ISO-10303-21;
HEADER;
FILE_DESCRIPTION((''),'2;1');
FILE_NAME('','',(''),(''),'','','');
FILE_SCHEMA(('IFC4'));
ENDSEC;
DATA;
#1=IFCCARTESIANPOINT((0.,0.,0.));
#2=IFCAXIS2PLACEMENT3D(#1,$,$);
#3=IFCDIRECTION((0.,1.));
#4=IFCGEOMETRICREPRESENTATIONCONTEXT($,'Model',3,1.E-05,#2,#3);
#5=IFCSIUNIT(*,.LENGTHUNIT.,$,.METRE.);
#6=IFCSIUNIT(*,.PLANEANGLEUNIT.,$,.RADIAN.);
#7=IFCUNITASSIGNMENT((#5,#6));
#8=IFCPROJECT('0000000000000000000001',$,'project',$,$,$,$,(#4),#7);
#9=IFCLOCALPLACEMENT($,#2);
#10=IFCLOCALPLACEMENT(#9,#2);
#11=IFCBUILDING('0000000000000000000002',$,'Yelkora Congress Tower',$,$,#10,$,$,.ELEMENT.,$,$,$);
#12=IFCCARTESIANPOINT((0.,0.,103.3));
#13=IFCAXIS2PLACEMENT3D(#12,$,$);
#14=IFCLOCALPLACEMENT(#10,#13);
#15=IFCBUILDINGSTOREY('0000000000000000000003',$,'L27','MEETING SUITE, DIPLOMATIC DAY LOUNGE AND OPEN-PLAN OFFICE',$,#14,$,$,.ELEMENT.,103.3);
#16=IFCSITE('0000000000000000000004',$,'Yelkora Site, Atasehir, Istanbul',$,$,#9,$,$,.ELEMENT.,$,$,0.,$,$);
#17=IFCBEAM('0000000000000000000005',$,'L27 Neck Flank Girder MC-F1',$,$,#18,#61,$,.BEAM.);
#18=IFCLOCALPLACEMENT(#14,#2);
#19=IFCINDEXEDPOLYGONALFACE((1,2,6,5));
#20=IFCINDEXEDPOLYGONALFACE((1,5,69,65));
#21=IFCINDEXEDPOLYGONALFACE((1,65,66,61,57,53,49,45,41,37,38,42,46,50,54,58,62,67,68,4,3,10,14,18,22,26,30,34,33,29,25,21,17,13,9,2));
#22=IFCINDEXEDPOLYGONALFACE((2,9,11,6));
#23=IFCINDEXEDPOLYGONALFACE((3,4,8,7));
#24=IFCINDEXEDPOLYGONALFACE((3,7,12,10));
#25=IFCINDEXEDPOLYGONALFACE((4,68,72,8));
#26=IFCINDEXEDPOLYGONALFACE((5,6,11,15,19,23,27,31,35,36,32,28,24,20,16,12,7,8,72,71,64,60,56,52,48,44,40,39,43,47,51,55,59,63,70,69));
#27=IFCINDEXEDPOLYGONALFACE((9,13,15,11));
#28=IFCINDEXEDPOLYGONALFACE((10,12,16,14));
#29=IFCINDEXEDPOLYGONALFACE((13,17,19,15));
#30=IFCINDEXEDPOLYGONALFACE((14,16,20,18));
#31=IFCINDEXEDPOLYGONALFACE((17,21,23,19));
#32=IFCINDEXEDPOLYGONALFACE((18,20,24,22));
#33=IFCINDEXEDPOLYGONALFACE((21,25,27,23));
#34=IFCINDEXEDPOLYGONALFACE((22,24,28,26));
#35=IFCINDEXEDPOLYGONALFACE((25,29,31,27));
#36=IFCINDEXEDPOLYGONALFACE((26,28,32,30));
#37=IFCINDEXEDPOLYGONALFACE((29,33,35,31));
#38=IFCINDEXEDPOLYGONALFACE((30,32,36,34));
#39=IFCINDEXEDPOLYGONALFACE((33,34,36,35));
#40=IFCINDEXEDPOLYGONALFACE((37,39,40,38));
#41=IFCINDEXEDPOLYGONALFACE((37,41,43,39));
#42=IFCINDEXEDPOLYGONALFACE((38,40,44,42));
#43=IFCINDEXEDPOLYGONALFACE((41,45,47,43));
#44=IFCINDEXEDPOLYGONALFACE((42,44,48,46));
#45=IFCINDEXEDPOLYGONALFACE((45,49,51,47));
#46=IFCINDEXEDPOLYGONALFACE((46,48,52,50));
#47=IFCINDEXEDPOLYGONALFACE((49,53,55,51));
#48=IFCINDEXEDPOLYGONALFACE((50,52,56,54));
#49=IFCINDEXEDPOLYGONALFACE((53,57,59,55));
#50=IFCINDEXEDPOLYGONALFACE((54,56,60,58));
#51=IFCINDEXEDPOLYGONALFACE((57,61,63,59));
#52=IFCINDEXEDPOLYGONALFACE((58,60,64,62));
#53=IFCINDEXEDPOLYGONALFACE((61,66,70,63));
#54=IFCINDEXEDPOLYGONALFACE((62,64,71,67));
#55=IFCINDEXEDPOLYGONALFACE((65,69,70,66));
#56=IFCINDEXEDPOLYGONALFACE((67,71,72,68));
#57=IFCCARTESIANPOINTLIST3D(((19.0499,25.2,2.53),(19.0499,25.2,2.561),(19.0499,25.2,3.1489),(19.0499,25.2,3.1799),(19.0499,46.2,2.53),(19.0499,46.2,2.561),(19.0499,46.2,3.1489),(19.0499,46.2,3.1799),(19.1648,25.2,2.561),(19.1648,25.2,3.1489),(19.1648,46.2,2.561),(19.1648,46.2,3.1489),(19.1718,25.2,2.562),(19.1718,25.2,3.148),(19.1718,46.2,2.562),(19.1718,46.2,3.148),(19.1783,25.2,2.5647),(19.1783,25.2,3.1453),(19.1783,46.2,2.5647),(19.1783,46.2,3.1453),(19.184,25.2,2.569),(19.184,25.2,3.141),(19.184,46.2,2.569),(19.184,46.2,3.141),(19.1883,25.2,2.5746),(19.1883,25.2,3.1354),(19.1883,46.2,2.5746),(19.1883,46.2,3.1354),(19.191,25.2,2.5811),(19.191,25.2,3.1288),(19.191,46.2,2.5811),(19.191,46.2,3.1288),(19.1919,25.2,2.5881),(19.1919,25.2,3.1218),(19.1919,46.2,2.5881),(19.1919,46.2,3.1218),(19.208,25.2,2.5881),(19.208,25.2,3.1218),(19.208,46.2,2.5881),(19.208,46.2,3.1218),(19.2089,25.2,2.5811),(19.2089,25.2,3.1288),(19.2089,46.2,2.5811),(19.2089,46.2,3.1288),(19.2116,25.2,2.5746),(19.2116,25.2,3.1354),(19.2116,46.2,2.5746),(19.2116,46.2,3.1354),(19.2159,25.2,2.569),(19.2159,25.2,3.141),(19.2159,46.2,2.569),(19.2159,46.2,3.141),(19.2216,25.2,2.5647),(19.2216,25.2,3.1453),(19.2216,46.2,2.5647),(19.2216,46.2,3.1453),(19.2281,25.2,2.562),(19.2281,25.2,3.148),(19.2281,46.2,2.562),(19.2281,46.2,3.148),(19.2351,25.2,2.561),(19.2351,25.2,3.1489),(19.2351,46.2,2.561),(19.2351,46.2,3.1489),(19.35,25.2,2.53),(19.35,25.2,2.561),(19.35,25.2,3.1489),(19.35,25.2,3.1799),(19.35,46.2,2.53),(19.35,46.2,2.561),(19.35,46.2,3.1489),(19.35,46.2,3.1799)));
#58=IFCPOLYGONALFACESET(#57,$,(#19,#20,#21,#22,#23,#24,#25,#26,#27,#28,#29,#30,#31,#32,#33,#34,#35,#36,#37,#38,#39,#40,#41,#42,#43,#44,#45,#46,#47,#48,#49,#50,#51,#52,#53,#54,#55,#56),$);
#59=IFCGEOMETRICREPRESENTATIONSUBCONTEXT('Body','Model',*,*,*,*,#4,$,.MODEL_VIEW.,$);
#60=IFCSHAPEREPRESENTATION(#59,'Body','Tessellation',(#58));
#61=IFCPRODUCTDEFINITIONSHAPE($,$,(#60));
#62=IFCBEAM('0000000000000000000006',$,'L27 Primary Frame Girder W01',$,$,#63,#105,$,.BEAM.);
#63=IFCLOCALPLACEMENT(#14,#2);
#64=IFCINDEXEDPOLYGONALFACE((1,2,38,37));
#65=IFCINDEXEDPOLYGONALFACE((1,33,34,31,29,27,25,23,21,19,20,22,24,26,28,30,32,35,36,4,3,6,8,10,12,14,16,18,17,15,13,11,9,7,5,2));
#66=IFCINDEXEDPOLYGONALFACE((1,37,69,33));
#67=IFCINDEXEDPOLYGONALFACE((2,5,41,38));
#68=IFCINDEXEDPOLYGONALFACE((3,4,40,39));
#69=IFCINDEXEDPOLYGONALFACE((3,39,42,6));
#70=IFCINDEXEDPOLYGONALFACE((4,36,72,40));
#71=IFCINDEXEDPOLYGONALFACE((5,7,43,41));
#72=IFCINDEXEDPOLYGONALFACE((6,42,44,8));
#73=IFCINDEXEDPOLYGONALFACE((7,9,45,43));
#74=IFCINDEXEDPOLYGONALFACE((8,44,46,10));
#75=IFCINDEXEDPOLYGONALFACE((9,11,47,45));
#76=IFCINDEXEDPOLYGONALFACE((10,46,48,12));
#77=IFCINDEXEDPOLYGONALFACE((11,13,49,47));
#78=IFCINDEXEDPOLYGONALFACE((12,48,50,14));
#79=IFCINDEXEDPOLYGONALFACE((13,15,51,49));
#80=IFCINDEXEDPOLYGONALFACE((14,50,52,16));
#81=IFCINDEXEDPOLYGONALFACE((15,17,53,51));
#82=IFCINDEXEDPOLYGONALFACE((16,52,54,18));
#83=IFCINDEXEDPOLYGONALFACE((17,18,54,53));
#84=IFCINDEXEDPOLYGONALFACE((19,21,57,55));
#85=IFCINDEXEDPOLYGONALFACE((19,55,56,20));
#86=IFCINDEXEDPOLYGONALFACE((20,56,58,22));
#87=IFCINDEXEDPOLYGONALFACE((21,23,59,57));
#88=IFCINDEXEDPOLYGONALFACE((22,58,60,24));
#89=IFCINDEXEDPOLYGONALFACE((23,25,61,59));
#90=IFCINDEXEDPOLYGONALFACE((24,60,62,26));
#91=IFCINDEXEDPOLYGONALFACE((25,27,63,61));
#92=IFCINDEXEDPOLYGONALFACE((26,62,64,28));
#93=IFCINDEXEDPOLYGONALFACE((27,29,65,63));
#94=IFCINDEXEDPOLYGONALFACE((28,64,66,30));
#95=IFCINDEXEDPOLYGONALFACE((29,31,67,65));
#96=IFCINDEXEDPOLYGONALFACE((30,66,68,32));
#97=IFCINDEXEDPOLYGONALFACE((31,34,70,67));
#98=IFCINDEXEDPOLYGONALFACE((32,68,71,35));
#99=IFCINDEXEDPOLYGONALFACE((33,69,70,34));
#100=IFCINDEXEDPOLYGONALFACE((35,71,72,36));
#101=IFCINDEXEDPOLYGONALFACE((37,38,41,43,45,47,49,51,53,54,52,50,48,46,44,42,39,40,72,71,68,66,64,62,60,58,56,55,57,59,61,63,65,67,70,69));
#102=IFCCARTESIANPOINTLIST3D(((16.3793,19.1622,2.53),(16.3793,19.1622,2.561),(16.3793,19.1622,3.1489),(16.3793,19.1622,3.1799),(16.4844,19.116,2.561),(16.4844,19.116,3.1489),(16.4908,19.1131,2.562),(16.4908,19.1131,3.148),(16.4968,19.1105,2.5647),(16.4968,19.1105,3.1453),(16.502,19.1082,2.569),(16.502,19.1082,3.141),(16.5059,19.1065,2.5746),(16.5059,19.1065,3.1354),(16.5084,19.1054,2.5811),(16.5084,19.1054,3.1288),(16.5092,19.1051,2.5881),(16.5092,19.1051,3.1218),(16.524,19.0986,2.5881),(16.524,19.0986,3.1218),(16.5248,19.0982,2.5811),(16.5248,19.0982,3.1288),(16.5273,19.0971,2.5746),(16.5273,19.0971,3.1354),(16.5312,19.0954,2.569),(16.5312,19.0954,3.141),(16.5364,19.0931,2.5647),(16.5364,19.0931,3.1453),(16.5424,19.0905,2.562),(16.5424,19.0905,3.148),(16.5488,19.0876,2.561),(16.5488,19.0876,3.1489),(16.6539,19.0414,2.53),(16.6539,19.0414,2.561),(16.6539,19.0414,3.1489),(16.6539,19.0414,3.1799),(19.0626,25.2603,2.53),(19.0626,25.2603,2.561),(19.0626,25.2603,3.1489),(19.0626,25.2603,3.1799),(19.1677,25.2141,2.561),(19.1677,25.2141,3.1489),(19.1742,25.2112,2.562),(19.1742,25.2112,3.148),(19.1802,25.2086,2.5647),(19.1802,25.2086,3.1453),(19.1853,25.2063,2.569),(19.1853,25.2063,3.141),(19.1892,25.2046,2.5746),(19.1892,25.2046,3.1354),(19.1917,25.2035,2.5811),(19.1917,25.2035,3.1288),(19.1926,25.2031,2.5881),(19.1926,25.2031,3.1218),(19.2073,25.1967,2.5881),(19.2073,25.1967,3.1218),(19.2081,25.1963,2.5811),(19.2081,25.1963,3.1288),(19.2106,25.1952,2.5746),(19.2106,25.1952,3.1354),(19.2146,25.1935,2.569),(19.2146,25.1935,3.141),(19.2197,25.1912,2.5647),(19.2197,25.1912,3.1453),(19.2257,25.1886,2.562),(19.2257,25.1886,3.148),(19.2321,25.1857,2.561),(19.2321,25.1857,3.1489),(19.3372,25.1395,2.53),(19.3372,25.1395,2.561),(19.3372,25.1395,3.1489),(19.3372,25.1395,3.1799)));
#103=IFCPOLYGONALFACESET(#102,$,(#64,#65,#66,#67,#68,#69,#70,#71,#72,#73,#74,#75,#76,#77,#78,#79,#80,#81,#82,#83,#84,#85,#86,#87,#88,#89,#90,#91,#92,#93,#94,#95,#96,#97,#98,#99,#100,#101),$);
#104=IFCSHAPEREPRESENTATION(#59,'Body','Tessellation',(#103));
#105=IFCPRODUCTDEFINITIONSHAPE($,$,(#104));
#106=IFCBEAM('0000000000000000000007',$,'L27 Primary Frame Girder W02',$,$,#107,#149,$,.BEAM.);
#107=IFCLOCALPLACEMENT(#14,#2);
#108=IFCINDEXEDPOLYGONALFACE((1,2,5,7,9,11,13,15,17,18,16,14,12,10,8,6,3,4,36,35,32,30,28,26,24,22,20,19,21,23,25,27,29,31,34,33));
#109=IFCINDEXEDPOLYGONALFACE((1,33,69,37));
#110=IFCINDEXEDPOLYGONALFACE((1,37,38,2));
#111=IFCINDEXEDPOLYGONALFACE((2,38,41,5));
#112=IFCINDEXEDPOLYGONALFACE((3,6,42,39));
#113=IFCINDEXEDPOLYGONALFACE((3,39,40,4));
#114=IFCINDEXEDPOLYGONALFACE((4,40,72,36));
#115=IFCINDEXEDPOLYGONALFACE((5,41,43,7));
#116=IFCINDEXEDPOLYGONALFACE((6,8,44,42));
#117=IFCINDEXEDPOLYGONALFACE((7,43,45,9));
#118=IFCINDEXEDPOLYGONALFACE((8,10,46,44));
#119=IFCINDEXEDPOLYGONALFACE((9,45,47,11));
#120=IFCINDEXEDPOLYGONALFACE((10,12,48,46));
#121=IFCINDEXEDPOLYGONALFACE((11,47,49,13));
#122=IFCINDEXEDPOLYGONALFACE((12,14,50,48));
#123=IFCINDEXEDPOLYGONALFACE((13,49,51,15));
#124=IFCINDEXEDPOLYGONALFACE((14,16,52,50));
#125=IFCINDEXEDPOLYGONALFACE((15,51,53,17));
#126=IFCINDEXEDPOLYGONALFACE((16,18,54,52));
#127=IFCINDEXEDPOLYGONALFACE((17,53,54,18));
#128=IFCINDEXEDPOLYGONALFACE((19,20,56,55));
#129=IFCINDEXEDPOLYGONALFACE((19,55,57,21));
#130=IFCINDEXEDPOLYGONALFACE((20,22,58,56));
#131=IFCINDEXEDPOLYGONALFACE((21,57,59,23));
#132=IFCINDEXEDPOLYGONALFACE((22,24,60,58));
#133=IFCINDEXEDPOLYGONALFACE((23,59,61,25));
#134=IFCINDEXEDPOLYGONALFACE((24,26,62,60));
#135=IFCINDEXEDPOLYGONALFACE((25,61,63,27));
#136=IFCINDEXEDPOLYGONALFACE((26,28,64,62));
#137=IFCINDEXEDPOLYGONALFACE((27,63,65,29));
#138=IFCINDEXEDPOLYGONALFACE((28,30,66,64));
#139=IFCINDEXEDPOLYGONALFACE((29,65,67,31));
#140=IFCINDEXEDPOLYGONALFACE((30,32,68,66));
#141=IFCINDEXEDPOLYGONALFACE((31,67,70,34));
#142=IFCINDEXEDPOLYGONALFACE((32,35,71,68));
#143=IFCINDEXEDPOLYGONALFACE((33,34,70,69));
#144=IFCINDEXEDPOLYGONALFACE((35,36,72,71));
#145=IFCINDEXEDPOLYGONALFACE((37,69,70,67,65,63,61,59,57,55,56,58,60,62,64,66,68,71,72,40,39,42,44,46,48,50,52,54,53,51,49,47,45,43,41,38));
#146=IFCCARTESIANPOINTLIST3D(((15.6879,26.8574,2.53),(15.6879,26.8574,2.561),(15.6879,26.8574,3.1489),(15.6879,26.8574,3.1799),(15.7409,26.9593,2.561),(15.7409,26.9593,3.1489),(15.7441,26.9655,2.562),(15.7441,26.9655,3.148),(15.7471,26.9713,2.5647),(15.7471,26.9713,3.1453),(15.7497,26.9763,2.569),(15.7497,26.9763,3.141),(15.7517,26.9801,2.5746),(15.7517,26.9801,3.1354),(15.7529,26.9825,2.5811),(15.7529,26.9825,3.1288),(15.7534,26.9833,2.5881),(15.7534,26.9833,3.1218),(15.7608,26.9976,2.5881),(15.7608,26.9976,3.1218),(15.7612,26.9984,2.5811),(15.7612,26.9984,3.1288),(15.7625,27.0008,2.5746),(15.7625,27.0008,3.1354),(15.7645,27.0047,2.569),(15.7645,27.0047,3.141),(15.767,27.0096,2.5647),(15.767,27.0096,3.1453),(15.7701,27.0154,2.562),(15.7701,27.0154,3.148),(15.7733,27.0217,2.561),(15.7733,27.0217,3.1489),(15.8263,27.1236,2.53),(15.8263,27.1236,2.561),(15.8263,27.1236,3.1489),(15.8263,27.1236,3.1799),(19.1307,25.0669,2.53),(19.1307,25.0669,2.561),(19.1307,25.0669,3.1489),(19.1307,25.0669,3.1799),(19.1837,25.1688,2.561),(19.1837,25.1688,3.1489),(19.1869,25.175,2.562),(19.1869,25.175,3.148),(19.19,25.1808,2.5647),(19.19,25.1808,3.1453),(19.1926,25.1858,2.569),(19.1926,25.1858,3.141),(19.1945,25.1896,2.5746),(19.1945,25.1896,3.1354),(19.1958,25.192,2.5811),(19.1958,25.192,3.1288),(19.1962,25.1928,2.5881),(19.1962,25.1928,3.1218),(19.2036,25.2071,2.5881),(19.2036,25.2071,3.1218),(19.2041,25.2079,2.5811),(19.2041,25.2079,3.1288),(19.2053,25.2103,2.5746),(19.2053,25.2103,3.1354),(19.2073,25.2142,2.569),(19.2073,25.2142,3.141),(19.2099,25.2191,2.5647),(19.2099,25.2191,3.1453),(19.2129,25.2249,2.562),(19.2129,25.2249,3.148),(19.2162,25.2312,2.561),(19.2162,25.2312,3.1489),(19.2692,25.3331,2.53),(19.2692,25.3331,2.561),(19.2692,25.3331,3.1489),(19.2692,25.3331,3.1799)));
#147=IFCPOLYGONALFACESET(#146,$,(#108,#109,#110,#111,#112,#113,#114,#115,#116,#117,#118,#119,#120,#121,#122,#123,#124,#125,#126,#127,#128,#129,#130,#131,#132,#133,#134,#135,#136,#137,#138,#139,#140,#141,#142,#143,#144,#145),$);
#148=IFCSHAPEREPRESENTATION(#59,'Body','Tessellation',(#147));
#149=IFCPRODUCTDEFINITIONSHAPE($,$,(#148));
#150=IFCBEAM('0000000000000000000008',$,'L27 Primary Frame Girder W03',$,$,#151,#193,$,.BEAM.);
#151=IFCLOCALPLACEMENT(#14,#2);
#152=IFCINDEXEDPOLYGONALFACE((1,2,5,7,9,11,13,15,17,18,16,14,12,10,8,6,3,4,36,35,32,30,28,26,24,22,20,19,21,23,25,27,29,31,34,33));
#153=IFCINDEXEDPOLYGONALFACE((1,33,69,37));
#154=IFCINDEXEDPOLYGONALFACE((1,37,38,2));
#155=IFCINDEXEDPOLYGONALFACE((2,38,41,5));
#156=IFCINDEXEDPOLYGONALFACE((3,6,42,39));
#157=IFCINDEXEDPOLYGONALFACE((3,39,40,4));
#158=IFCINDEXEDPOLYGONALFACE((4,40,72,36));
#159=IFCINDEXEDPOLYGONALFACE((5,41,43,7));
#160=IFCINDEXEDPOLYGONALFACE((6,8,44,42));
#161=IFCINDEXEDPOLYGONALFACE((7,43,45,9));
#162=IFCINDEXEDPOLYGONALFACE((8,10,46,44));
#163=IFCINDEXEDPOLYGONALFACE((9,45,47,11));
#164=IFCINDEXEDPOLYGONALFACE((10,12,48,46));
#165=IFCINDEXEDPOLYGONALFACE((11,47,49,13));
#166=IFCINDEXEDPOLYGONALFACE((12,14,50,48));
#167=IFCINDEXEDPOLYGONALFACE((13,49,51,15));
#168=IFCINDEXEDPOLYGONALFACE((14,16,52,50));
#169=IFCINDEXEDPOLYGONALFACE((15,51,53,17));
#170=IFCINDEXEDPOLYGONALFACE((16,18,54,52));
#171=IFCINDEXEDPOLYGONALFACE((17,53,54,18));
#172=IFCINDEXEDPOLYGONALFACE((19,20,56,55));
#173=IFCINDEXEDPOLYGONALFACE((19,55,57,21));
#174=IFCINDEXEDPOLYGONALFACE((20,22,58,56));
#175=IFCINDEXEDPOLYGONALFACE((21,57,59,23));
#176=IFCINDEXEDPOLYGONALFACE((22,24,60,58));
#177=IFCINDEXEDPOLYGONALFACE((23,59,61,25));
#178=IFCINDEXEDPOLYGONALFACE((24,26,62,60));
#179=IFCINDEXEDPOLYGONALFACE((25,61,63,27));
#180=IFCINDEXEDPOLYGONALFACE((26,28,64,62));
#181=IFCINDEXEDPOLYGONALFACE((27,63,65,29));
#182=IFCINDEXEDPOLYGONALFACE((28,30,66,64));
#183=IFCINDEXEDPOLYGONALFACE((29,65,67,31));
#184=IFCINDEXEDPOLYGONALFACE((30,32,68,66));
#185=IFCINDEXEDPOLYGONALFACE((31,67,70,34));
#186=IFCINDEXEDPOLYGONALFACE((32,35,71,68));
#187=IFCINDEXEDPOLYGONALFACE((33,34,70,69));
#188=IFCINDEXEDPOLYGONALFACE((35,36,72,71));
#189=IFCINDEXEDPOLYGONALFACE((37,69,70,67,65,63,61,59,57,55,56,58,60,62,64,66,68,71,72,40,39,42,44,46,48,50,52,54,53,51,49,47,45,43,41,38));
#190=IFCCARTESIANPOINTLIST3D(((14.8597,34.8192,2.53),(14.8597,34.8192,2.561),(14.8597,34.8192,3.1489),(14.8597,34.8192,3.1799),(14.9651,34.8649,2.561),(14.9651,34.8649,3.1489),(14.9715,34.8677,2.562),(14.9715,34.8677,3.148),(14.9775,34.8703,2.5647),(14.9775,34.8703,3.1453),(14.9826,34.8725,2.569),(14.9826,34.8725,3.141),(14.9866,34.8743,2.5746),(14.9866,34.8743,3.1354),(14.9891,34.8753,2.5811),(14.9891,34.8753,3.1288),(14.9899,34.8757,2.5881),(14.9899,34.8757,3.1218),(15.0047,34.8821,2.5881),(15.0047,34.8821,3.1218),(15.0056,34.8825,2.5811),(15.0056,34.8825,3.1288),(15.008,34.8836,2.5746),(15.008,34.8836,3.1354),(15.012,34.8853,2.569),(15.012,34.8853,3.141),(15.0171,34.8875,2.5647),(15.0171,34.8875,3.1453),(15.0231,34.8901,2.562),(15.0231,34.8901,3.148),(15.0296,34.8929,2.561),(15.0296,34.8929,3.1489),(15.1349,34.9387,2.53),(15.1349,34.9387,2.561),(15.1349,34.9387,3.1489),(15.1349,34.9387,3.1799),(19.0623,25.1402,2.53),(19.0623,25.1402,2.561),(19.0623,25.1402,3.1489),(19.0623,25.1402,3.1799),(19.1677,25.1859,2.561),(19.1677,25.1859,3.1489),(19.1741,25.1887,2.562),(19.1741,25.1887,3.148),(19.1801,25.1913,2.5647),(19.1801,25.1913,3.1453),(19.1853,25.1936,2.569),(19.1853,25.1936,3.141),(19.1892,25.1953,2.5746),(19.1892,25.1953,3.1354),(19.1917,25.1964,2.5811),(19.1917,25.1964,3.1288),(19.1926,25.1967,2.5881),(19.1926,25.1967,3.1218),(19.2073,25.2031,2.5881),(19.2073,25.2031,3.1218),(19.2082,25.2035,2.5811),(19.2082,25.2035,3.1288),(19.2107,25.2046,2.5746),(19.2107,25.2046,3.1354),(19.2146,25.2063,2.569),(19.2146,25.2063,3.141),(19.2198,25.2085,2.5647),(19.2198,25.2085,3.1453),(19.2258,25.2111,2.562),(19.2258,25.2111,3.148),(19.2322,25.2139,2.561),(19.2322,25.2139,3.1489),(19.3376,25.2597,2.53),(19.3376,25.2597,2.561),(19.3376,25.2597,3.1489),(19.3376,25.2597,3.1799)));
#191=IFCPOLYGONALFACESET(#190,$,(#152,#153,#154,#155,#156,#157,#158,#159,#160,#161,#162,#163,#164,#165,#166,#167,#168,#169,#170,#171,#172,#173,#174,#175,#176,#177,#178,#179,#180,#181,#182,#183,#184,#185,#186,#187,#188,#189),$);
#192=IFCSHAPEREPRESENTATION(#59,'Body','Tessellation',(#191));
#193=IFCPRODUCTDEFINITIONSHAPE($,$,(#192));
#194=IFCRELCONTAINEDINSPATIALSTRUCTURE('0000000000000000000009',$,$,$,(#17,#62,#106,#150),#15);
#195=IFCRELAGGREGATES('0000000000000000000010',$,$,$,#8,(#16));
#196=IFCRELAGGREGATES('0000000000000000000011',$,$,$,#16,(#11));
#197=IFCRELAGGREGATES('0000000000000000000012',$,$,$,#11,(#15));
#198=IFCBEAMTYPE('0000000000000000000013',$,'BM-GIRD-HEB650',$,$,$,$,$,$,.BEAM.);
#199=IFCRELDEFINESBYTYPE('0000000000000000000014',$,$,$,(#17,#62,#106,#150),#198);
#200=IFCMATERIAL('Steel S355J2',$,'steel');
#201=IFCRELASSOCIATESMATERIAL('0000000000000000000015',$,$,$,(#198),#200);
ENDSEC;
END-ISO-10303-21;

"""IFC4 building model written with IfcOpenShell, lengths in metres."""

from ifc_helpers import new_model, si_unit, direction, frame, origin, origin_2d, place, context, subcontext, project, spatial, i_section, extrude, material, material_profile, profile_set, type_object, element, save


model = new_model("IFC4")

# Units and contexts
model_context = context("Model", 3, precision=1e-05, world=origin(), true_north=direction((0.0, 1.0)))
body_context = subcontext(model_context, "Body", "Model", "MODEL_VIEW")
ifc_project = project(units=[si_unit("LENGTHUNIT", "METRE"), si_unit("PLANEANGLEUNIT", "RADIAN")], contexts=[model_context])

# Site, building, storey
site_placement = place(None, origin())
site = spatial("IfcSite", under=ifc_project, at=site_placement, Name="Yelkora Site, Atasehir, Istanbul", CompositionType="ELEMENT", RefElevation=0.0)
building_placement = place(site_placement, origin())
building = spatial("IfcBuilding", under=site, at=building_placement, Name="Yelkora Congress Tower", CompositionType="ELEMENT")
storey_placement = place(building_placement, frame((0.0, 0.0, 103.3)))
storey = spatial("IfcBuildingStorey", under=building, at=storey_placement, Name="L27", Description="MEETING SUITE, DIPLOMATIC DAY LOUNGE AND OPEN-PLAN OFFICE", CompositionType="ELEMENT", Elevation=103.3)

# Beams
ifc_material_1 = material(Name="Steel S355J2", Category="steel")
ifc_material_profile_1 = material_profile(ifc_material_1, i_section(OverallWidth=0.3, OverallDepth=0.6499, WebThickness=0.0161, FlangeThickness=0.031, FilletRadius=0.0271, at=origin_2d()), Name="HEB 650")
ifc_profile_set_1 = profile_set([ifc_material_profile_1], Name="Steel S355J2")
beam_type_1 = type_object("IfcBeamType", Name="BM-GIRD-HEB650", PredefinedType="BEAM", material=ifc_profile_set_1)
beam_1_placement = place(storey_placement, frame((19.2, 25.2, 2.855), z_axis=(0.0, 1.0, 0.0), x_axis=(-1.0, 0.0, 0.0)))
element("IfcBeam", 1, at=beam_1_placement, inside=storey, type_object=beam_type_1, Name="L27 Neck Flank Girder MC-F1", PredefinedType="BEAM", context=body_context, shape_type="SweptSolid", body=[
    extrude(i_section(OverallWidth=0.3, OverallDepth=0.6499, WebThickness=0.0161, FlangeThickness=0.031, FilletRadius=0.0271, at=origin_2d()), origin(), (0.0, 0.0, 1.0), 21.0),
])
beam_2_placement = place(storey_placement, frame((16.5166, 19.1018, 2.855), z_axis=(0.402759, 0.915306, 0.0), x_axis=(-0.915306, 0.402759, 0.0)))
element("IfcBeam", 2, at=beam_2_placement, inside=storey, type_object=beam_type_1, Name="L27 Primary Frame Girder W01", PredefinedType="BEAM", context=body_context, shape_type="SweptSolid", body=[
    extrude(i_section(OverallWidth=0.3, OverallDepth=0.6499, WebThickness=0.0161, FlangeThickness=0.031, FilletRadius=0.0271, at=origin_2d()), origin(), (0.0, 0.0, 1.0), 6.6624),
])
beam_3_placement = place(storey_placement, frame((15.7571, 26.9905, 2.855), z_axis=(0.887192, -0.4614, 0.0), x_axis=(0.4614, 0.887192, 0.0)))
element("IfcBeam", 3, at=beam_3_placement, inside=storey, type_object=beam_type_1, Name="L27 Primary Frame Girder W02", PredefinedType="BEAM", context=body_context, shape_type="SweptSolid", body=[
    extrude(i_section(OverallWidth=0.3, OverallDepth=0.6499, WebThickness=0.0161, FlangeThickness=0.031, FilletRadius=0.0271, at=origin_2d()), origin(), (0.0, 0.0, 1.0), 3.8806),
])
beam_4_placement = place(storey_placement, frame((14.9973, 34.8789, 2.855), z_axis=(0.398279, -0.917264, 0.0), x_axis=(0.917264, 0.398279, 0.0)))
element("IfcBeam", 4, at=beam_4_placement, inside=storey, type_object=beam_type_1, Name="L27 Primary Frame Girder W03", PredefinedType="BEAM", context=body_context, shape_type="SweptSolid", body=[
    extrude(i_section(OverallWidth=0.3, OverallDepth=0.6499, WebThickness=0.0161, FlangeThickness=0.031, FilletRadius=0.0271, at=origin_2d()), origin(), (0.0, 0.0, 1.0), 10.552),
])

save(model, "model.ifc")
